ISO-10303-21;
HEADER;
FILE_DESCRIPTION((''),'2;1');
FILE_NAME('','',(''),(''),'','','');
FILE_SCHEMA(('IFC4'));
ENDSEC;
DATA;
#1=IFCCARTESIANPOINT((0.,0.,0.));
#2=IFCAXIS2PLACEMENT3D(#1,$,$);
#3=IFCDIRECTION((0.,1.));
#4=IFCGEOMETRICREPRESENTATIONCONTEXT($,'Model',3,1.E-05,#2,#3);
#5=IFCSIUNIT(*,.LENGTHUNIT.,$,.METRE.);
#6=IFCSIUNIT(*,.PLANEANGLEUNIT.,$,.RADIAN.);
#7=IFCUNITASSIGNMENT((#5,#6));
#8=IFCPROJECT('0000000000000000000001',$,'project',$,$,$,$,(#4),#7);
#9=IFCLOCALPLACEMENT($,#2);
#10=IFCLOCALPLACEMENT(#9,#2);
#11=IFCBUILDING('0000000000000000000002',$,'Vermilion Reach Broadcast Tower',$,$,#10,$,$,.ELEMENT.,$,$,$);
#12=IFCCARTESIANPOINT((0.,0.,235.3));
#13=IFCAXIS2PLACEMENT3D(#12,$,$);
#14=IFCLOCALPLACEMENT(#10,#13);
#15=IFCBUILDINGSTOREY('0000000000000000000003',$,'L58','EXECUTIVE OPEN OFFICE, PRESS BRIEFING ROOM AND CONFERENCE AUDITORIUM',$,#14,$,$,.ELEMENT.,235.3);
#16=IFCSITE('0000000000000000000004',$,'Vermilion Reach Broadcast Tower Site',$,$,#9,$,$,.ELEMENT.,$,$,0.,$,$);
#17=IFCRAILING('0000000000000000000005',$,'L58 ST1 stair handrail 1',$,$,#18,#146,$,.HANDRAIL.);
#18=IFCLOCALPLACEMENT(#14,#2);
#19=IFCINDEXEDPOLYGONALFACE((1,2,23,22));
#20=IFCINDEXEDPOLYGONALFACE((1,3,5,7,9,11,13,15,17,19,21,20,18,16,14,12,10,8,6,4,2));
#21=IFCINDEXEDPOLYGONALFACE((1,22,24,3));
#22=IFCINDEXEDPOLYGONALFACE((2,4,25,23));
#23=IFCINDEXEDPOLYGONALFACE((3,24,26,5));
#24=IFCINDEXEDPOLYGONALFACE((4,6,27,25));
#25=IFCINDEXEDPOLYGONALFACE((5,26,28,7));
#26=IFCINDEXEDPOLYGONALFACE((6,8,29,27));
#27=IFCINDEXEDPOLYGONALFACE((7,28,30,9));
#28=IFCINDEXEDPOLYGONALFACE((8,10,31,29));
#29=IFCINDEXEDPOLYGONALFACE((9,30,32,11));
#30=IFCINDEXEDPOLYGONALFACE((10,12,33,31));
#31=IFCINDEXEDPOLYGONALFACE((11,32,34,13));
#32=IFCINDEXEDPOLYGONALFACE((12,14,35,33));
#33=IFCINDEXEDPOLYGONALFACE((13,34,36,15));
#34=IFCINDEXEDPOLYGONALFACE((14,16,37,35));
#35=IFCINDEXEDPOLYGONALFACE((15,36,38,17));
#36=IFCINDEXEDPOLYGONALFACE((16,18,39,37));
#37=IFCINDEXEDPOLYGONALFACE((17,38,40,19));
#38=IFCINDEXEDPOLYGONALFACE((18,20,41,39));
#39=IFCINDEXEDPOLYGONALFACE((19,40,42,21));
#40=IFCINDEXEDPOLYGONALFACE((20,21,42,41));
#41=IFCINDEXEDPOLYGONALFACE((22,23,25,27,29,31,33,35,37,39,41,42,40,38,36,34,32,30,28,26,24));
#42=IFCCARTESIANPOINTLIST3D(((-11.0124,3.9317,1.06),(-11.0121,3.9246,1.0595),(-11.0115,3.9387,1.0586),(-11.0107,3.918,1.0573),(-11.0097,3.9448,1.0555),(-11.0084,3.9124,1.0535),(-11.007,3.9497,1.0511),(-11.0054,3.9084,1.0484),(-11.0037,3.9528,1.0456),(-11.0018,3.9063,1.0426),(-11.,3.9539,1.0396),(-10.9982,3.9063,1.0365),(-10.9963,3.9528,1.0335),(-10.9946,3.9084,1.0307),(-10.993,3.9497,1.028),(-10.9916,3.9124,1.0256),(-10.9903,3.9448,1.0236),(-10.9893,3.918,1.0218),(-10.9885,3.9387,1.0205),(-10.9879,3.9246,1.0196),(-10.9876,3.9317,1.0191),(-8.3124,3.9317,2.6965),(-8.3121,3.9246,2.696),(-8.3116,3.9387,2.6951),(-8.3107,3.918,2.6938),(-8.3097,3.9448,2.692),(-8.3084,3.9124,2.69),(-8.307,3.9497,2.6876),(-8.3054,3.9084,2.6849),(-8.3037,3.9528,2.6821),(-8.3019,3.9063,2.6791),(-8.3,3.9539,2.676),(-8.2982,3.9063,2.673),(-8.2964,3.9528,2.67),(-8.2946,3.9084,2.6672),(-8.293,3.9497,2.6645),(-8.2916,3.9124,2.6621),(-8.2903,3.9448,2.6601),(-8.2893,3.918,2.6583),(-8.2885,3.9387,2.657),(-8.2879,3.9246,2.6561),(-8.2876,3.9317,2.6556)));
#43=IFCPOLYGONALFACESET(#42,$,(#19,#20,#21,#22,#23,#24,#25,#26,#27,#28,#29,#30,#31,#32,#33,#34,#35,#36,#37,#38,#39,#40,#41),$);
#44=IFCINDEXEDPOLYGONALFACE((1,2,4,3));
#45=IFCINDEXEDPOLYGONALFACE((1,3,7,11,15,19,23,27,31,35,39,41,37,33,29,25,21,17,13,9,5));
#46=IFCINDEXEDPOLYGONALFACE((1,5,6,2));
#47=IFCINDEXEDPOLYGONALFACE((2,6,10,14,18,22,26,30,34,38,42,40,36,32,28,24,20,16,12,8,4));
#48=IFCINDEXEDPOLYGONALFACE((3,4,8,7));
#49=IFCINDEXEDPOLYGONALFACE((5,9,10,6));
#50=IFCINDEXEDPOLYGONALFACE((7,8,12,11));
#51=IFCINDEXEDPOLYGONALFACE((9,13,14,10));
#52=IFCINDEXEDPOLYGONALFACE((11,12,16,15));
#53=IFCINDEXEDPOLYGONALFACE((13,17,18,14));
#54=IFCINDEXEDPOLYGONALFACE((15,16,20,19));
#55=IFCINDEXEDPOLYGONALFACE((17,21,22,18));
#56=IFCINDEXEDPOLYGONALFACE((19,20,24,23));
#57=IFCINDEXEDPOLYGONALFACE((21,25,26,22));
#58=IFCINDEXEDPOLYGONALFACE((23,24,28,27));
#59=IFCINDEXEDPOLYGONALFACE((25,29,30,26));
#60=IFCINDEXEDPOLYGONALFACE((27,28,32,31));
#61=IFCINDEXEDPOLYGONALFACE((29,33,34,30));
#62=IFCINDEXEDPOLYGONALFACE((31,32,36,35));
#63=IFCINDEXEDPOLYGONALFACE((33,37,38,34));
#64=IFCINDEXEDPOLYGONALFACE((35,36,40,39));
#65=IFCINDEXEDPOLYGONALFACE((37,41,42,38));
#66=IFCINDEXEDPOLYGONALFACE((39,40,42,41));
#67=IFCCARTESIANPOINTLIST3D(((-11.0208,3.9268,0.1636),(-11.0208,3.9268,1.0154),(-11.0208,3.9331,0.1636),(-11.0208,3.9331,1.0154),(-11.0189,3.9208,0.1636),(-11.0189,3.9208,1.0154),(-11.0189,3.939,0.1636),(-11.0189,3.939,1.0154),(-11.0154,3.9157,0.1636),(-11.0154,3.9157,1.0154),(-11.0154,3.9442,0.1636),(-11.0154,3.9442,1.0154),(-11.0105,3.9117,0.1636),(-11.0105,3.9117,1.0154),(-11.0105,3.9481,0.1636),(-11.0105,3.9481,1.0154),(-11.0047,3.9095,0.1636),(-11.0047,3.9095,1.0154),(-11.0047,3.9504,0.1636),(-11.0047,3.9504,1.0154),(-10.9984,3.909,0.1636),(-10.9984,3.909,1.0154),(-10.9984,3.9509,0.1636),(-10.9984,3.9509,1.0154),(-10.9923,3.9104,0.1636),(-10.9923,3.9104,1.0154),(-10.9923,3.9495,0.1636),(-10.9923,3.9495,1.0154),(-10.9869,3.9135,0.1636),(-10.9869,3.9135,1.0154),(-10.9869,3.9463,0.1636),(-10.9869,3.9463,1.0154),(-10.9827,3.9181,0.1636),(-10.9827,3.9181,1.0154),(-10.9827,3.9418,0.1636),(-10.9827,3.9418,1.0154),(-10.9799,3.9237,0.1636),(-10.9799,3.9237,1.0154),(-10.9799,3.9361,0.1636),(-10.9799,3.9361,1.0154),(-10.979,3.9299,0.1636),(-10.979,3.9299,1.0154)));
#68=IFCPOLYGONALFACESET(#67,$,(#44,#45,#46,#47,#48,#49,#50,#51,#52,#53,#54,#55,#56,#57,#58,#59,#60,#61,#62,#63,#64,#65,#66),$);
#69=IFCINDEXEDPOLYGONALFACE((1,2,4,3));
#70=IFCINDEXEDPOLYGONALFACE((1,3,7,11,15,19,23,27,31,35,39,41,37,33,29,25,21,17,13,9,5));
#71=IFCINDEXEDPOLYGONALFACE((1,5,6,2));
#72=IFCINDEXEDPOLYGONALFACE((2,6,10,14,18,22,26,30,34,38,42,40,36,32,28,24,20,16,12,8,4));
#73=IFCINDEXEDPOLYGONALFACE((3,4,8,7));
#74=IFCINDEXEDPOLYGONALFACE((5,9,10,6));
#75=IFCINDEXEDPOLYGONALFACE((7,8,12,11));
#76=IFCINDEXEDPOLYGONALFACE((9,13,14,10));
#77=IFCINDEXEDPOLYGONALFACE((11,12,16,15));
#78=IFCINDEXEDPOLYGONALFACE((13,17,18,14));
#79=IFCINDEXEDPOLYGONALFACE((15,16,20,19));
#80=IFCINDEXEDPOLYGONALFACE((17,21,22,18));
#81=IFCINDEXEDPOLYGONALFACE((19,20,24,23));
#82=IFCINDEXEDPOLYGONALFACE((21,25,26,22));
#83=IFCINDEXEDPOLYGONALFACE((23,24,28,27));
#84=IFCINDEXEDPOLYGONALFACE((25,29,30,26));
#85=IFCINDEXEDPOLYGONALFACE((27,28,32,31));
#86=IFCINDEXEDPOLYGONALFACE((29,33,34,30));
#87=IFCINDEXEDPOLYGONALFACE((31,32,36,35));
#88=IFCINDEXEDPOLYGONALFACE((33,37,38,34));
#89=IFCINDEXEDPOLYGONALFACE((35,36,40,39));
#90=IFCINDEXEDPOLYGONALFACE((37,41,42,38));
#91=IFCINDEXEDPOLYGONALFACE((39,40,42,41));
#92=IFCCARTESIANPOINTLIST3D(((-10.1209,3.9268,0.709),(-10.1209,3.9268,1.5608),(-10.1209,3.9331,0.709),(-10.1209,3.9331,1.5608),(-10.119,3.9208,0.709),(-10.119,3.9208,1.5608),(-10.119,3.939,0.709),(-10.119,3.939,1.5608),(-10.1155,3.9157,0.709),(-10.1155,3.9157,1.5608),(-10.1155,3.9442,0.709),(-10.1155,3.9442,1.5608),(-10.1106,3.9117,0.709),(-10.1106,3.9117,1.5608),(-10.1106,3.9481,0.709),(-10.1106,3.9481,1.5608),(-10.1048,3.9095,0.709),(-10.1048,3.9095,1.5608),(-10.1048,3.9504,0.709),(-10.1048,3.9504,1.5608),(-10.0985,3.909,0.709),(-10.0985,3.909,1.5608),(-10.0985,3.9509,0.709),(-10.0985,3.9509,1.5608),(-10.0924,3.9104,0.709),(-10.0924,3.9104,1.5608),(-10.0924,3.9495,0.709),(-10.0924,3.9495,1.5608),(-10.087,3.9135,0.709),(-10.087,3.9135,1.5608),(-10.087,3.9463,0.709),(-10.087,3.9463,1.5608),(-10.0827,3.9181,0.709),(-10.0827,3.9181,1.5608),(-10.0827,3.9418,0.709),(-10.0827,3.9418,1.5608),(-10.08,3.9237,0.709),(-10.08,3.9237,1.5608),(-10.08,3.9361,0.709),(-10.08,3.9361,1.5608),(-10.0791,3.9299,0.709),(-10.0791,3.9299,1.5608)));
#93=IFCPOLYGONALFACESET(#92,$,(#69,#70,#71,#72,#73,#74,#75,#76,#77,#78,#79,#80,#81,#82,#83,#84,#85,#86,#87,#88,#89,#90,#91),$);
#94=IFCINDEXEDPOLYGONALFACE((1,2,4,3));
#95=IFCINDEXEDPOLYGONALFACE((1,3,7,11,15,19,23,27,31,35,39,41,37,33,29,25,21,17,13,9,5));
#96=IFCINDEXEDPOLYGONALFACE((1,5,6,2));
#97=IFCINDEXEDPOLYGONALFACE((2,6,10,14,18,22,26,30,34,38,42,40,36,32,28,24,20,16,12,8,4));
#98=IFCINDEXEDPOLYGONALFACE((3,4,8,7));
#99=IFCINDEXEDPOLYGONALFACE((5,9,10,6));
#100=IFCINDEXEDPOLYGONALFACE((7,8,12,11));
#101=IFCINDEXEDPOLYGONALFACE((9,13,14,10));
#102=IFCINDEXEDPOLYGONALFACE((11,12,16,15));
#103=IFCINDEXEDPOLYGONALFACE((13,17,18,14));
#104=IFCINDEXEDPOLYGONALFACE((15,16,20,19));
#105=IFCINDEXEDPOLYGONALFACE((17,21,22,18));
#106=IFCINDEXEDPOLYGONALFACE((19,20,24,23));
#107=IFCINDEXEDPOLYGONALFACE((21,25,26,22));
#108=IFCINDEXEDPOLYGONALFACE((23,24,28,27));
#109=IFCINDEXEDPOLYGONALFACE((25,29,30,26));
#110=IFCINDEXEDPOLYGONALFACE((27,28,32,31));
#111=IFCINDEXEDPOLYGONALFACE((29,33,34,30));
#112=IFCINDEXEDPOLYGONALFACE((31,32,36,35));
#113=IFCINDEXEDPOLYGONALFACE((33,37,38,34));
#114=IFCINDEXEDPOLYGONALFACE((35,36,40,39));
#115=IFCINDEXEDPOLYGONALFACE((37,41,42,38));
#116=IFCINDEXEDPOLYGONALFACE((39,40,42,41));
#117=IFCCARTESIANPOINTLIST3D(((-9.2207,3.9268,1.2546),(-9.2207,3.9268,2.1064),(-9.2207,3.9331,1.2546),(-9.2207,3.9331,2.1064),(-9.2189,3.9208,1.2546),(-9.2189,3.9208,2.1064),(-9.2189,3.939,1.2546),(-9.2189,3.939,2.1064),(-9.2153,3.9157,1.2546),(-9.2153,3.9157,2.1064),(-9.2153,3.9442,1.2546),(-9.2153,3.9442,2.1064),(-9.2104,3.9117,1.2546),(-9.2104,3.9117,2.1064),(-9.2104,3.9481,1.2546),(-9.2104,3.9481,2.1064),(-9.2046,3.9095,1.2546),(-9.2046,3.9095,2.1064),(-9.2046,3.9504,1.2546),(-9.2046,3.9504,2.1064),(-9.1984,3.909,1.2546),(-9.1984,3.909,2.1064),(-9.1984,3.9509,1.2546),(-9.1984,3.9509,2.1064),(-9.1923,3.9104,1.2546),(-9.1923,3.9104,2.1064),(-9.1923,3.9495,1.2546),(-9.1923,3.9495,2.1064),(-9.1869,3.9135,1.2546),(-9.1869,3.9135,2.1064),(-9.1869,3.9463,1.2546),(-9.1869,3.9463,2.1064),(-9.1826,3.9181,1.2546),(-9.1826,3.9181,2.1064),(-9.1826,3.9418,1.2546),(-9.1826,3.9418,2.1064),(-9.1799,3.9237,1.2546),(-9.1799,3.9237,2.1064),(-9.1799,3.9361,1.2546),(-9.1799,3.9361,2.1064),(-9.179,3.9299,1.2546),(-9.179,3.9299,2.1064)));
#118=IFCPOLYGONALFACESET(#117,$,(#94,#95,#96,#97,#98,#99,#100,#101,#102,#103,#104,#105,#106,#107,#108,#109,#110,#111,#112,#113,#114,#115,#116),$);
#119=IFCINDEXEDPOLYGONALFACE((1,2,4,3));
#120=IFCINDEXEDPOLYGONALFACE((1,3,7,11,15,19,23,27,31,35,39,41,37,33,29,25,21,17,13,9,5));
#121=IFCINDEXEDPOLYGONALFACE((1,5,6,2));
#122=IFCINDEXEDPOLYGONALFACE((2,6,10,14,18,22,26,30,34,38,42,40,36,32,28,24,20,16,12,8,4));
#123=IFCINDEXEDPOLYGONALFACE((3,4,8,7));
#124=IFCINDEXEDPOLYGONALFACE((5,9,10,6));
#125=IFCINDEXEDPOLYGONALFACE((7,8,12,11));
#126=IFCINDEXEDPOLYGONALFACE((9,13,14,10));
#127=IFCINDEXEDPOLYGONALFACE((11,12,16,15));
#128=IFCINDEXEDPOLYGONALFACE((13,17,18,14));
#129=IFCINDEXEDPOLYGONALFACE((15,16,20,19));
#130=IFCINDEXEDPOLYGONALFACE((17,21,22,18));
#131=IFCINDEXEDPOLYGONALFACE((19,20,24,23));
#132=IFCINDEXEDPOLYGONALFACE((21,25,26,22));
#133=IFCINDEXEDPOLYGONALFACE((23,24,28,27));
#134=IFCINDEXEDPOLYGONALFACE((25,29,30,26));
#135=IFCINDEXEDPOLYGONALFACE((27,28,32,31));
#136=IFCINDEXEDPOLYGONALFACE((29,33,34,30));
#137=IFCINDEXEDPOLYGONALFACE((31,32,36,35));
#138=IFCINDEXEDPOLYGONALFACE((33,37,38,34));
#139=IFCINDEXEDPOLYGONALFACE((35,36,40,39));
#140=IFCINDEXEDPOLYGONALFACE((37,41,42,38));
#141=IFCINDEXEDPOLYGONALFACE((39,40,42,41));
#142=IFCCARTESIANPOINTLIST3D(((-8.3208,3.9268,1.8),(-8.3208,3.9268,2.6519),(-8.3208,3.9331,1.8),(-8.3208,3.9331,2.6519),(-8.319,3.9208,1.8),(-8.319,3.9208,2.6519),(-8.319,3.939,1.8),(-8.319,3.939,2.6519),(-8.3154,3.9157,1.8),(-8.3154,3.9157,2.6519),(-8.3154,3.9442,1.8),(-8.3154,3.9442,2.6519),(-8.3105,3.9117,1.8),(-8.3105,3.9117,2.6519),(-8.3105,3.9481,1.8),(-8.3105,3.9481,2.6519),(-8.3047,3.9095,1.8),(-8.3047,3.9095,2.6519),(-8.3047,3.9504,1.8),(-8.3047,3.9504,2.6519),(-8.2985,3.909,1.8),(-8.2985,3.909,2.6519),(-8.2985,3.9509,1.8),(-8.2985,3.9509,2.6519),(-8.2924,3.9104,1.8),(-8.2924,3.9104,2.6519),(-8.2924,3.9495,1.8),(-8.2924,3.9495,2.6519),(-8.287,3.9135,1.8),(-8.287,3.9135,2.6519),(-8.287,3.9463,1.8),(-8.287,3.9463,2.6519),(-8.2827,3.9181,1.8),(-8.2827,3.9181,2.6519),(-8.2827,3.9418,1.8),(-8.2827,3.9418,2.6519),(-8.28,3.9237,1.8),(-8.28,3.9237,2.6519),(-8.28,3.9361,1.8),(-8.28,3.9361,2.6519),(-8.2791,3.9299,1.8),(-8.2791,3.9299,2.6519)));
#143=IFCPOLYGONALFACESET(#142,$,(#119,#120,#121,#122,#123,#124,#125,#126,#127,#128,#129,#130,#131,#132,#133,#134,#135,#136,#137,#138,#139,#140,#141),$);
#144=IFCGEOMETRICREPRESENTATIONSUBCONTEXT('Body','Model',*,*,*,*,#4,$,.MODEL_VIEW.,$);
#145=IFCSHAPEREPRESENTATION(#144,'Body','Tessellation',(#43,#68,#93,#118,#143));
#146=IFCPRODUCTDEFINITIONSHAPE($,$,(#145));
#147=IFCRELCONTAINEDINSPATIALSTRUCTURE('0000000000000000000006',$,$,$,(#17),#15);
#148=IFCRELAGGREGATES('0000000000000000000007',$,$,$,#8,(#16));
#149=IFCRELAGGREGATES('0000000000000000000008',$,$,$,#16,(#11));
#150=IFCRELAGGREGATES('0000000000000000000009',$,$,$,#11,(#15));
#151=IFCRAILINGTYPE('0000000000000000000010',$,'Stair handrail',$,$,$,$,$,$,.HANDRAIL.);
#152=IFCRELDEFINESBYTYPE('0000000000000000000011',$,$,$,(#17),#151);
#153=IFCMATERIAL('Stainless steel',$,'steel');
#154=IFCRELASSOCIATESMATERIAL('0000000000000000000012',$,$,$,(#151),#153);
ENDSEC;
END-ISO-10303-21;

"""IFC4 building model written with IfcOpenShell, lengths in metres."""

from ifc_helpers import new_model, si_unit, direction, frame, origin, origin_2d, place, context, subcontext, project, spatial, circle, extrude, material, type_object, element, save


model = new_model("IFC4")

# Units and contexts
model_context = context("Model", 3, precision=1e-05, world=origin(), true_north=direction((0.0, 1.0)))
body_context = subcontext(model_context, "Body", "Model", "MODEL_VIEW")
ifc_project = project(units=[si_unit("LENGTHUNIT", "METRE"), si_unit("PLANEANGLEUNIT", "RADIAN")], contexts=[model_context])

# Site, building, storey
site_placement = place(None, origin())
site = spatial("IfcSite", under=ifc_project, at=site_placement, Name="Vermilion Reach Broadcast Tower Site", CompositionType="ELEMENT", RefElevation=0.0)
building_placement = place(site_placement, origin())
building = spatial("IfcBuilding", under=site, at=building_placement, Name="Vermilion Reach Broadcast Tower", CompositionType="ELEMENT")
storey_placement = place(building_placement, frame((0.0, 0.0, 235.3)))
storey = spatial("IfcBuildingStorey", under=building, at=storey_placement, Name="L58", Description="EXECUTIVE OPEN OFFICE, PRESS BRIEFING ROOM AND CONFERENCE AUDITORIUM", CompositionType="ELEMENT", Elevation=235.3)

# Railing
ifc_material_1 = material(Name="Stainless steel", Category="steel")
railing_type_1 = type_object("IfcRailingType", Name="Stair handrail", PredefinedType="HANDRAIL", material=ifc_material_1)
railing_1_placement = place(storey_placement, frame((-11.0, 3.9299, 0.1636)))
element("IfcRailing", 1, at=railing_1_placement, inside=storey, type_object=railing_type_1, Name="L58 ST1 stair handrail 1", PredefinedType="HANDRAIL", context=body_context, shape_type="SweptSolid", body=[
    extrude(circle(Radius=0.0239, at=origin_2d()), frame((0.0, 0.0, 0.876), z_axis=(0.855178, 0.0, 0.518334), x_axis=(0.0, 1.0, 0.0)), (0.0, 0.0, 1.0), 3.1572),
    extrude(circle(Radius=0.021, at=origin_2d()), origin(), (0.0, 0.0, 1.0), 0.8518),
    extrude(circle(Radius=0.021, at=origin_2d()), frame((0.8999, 0.0, 0.5454)), (0.0, 0.0, 1.0), 0.8518),
    extrude(circle(Radius=0.021, at=origin_2d()), frame((1.8, 0.0, 1.0911)), (0.0, 0.0, 1.0), 0.8518),
    extrude(circle(Radius=0.021, at=origin_2d()), frame((2.7, 0.0, 1.6365)), (0.0, 0.0, 1.0), 0.8518),
])

save(model, "model.ifc")
